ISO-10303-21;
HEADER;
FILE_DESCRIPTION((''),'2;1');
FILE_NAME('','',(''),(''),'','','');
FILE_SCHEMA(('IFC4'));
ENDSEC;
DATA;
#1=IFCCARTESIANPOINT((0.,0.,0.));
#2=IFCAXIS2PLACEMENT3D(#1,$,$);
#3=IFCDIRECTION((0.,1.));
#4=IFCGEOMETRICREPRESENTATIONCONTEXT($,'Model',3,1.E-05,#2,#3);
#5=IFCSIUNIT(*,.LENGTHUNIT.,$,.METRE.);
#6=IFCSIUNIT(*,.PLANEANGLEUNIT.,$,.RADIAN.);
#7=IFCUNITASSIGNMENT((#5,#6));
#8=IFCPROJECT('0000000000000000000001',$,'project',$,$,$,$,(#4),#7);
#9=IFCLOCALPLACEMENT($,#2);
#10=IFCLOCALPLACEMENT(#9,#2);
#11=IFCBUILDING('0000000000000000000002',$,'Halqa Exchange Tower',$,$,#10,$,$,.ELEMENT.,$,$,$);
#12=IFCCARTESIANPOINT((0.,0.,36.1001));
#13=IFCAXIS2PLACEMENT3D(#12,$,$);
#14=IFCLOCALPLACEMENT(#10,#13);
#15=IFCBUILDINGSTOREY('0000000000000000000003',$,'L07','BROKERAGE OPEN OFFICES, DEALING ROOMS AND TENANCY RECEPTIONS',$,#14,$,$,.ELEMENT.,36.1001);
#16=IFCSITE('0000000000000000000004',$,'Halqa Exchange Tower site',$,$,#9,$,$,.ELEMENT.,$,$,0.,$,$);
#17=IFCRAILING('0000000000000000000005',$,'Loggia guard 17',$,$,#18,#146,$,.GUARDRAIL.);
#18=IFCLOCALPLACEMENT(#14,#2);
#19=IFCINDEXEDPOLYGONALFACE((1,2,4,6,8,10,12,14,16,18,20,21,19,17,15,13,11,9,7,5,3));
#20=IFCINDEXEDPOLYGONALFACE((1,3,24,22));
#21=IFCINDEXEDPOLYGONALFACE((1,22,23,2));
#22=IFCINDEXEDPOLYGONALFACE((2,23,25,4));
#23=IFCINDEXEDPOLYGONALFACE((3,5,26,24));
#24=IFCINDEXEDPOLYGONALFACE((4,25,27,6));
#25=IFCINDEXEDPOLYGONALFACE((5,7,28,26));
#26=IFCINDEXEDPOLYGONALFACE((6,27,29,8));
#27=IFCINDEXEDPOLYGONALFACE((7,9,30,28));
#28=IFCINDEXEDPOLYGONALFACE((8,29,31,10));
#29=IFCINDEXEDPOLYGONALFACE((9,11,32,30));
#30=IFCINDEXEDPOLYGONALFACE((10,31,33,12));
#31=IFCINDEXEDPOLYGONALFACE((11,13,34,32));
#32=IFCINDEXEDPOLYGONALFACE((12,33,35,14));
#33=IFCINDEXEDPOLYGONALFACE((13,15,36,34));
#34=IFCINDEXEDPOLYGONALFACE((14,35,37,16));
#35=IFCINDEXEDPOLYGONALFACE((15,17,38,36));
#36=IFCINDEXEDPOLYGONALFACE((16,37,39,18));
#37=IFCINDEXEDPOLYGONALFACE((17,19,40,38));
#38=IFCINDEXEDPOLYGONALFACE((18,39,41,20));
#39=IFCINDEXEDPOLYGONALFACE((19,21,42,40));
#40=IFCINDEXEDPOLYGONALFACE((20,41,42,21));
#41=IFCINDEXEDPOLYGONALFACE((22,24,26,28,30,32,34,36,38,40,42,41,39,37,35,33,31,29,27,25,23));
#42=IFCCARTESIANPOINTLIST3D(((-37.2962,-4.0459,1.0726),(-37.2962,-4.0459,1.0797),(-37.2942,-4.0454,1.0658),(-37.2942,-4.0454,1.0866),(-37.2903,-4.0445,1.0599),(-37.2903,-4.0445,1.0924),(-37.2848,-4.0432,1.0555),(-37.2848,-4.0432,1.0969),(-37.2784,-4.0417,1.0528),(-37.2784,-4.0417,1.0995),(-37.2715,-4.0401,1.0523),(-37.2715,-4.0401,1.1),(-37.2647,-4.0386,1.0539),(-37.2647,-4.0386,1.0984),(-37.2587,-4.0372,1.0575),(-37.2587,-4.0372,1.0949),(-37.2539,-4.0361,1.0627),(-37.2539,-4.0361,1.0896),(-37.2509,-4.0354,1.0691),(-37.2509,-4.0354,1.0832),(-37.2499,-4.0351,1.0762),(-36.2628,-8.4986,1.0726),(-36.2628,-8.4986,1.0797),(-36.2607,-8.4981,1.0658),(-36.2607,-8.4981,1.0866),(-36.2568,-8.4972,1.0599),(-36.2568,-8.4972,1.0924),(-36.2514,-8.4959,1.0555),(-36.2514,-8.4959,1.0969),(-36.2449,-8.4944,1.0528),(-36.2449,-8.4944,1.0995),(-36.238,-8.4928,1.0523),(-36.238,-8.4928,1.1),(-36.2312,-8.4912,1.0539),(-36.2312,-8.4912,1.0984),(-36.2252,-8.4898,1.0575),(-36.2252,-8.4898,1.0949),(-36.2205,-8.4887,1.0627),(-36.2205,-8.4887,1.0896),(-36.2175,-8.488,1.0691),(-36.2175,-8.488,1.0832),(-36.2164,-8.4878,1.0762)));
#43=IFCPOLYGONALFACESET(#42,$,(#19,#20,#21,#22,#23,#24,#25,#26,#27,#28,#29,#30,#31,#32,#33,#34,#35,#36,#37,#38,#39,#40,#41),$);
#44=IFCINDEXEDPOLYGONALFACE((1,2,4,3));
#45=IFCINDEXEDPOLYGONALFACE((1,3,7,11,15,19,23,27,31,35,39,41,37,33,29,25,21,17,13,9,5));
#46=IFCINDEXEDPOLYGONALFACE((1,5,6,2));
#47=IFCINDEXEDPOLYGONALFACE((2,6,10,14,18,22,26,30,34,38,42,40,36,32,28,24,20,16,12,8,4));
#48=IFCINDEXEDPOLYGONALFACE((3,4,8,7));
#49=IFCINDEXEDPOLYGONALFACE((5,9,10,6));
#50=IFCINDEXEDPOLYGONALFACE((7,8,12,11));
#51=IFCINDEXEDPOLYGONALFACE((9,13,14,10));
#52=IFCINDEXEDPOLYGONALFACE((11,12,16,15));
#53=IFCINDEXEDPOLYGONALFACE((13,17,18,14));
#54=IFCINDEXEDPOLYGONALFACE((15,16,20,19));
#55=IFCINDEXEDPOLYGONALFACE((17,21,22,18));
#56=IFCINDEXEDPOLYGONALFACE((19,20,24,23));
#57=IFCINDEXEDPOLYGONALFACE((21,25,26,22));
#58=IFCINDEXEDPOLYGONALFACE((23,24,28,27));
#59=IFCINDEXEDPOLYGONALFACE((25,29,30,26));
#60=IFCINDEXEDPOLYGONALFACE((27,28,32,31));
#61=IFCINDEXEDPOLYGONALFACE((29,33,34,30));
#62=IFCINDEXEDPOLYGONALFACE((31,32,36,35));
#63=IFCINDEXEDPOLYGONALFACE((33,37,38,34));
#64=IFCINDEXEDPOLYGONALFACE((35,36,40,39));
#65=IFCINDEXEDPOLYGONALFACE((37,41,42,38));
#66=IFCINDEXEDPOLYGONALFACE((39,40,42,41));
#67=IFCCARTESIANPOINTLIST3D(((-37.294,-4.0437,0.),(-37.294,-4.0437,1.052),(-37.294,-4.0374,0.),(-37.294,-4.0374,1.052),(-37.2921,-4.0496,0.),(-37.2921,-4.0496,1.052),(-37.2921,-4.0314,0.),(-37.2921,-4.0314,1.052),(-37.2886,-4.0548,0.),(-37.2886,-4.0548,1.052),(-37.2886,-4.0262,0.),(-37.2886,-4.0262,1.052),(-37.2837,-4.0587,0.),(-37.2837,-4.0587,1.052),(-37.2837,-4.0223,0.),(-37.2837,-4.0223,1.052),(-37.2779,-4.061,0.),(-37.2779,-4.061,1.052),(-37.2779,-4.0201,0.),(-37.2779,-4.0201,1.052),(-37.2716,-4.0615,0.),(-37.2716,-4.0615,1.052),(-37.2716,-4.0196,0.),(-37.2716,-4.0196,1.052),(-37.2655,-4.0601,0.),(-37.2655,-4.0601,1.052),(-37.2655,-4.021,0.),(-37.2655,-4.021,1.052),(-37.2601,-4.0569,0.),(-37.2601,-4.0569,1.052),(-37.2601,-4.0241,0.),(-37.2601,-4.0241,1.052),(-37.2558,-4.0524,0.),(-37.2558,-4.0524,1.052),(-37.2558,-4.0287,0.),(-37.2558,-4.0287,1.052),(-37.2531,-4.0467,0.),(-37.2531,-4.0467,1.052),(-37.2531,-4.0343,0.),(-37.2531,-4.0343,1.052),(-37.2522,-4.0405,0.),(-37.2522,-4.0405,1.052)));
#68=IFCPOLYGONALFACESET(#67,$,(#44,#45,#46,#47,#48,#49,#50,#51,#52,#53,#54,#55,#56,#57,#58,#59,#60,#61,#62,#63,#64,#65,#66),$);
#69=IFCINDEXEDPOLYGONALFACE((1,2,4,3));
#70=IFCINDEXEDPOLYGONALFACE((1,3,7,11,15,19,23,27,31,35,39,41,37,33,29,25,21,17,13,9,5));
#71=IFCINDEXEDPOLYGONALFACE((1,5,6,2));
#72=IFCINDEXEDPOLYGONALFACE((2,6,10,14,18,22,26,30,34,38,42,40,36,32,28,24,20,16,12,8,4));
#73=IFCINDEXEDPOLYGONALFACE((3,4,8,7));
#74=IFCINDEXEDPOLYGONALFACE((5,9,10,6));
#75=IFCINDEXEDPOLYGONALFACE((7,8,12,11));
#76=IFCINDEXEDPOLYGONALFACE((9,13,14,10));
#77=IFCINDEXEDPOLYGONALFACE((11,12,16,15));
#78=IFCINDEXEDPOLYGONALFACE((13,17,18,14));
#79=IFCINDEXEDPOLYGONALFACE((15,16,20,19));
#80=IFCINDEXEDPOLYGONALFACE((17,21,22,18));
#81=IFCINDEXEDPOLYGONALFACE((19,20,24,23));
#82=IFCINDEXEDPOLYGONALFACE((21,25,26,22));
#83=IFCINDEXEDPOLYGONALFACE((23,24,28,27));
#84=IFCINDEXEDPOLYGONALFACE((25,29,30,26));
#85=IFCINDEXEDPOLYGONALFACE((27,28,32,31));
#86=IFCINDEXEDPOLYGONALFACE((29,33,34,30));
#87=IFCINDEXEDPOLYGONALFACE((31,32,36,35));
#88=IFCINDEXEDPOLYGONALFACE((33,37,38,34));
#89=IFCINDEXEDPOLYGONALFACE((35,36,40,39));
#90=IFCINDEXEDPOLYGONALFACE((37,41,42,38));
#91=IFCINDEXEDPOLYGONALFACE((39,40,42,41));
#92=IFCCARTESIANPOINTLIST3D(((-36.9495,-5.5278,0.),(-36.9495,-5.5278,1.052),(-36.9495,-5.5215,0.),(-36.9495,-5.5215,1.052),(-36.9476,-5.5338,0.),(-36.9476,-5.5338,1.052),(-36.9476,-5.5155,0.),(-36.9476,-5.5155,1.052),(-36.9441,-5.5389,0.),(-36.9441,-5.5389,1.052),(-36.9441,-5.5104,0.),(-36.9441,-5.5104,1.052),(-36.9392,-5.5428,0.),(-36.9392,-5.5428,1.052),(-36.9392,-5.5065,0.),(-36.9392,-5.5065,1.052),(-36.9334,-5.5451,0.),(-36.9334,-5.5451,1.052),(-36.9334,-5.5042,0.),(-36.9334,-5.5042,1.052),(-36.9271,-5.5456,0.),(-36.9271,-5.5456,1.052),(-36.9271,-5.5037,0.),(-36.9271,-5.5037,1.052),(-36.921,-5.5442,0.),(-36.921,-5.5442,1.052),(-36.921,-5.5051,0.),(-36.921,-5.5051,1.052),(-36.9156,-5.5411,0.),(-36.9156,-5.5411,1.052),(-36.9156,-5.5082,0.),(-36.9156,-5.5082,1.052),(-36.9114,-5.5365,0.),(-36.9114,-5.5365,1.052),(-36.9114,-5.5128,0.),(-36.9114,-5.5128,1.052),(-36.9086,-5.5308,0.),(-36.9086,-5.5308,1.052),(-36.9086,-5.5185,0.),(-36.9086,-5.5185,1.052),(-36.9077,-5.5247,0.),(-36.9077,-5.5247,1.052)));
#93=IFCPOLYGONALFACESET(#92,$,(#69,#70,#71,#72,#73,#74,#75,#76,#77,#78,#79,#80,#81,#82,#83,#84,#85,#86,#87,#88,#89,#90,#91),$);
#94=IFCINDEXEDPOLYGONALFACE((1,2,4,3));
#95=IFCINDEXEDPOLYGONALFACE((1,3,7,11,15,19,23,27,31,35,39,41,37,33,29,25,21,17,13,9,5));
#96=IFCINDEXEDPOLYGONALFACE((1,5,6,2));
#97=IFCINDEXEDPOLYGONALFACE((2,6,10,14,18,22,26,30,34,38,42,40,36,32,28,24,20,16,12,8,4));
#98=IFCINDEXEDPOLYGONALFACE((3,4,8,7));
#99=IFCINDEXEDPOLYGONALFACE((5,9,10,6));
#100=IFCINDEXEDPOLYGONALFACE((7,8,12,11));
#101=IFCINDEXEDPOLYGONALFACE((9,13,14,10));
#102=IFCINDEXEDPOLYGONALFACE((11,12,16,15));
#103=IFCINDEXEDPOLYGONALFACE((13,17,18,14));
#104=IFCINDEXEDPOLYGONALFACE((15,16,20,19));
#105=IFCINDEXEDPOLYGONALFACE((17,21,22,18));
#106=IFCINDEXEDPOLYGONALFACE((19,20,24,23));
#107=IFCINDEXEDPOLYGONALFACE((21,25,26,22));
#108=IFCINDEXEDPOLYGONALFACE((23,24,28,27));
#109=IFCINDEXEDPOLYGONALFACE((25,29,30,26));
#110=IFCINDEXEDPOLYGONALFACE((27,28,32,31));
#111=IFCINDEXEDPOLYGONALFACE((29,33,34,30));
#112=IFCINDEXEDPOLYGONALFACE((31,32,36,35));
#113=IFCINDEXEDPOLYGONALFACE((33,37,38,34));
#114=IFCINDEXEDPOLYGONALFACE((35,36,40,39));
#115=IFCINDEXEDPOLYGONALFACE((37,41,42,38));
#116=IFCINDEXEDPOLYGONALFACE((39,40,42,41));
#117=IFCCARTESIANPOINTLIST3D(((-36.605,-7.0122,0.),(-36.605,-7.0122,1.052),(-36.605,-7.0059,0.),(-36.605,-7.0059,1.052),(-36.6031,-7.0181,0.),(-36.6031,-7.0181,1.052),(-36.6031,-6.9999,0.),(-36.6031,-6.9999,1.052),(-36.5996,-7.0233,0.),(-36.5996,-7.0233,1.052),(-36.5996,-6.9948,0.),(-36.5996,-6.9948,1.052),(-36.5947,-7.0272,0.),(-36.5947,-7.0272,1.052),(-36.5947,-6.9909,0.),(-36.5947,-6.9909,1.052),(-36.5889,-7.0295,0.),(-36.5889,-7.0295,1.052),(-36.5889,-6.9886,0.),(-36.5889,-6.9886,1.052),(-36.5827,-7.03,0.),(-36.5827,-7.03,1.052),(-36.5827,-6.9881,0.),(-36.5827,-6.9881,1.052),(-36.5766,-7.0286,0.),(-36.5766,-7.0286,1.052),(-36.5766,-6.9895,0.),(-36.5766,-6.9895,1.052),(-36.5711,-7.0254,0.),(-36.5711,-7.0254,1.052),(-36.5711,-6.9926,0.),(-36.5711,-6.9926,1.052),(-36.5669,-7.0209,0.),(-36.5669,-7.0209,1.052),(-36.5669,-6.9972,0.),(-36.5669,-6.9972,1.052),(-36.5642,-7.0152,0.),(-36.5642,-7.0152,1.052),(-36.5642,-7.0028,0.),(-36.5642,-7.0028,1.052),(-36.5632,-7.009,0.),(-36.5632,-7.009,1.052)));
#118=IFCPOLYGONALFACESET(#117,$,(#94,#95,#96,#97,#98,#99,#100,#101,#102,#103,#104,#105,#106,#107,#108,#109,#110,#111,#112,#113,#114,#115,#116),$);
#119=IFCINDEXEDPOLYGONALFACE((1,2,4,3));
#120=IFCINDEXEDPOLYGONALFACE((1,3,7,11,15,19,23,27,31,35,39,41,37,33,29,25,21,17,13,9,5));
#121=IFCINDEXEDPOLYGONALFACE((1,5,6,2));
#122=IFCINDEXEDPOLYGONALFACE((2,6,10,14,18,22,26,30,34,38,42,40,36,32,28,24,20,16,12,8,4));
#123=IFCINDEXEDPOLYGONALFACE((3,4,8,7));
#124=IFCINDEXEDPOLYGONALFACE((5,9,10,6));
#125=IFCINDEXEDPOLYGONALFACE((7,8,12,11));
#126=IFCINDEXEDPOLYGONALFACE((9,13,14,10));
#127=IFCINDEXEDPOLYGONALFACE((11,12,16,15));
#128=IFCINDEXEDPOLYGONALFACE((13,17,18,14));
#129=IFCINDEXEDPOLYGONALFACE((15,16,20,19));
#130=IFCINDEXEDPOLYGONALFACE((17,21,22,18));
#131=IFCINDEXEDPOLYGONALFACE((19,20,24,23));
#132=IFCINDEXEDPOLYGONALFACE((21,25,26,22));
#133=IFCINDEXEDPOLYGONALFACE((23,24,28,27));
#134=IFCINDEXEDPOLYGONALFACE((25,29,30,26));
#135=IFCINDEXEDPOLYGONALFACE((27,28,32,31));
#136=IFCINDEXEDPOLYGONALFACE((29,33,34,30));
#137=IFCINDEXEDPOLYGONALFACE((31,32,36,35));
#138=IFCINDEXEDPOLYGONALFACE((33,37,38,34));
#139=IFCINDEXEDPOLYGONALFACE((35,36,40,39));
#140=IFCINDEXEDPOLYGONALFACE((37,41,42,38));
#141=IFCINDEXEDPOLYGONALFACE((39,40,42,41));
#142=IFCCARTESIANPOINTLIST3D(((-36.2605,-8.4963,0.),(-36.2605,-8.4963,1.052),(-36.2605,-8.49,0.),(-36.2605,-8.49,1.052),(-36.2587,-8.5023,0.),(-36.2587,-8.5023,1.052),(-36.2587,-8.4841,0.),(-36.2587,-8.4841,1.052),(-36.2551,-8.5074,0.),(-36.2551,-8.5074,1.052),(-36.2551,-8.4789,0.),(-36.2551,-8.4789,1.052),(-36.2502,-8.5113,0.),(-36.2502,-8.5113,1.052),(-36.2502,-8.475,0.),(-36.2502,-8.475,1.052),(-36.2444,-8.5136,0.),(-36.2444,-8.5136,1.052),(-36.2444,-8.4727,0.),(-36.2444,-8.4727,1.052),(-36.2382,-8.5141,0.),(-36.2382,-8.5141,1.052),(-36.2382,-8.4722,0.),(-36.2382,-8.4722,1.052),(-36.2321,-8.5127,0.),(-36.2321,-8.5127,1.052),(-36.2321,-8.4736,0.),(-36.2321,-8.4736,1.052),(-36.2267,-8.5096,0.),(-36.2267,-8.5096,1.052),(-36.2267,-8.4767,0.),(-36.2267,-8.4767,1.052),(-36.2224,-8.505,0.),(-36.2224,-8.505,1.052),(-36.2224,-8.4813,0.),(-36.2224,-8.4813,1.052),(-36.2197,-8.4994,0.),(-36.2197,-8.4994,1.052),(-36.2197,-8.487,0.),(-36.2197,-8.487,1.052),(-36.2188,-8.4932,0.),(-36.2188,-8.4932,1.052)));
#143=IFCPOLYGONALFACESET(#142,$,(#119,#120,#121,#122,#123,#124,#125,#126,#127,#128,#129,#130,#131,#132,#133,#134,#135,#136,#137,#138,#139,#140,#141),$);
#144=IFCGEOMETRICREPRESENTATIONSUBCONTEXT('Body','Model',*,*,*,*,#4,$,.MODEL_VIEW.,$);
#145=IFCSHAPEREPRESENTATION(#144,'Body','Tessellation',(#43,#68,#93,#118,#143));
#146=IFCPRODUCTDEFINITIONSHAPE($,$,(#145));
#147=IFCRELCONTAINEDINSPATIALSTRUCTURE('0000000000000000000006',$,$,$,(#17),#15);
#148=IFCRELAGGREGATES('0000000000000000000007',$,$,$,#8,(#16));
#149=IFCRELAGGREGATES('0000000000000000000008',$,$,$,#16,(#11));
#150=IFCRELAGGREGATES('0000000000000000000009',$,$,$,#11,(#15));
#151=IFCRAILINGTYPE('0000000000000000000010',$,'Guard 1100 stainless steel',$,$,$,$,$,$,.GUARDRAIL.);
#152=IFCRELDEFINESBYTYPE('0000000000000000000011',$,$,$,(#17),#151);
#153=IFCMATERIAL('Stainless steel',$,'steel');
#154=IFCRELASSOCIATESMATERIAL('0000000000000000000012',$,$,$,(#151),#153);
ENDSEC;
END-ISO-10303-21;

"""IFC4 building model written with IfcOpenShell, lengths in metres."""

from ifc_helpers import new_model, si_unit, direction, frame, origin, origin_2d, place, context, subcontext, project, spatial, circle, extrude, material, type_object, element, save


model = new_model("IFC4")

# Units and contexts
model_context = context("Model", 3, precision=1e-05, world=origin(), true_north=direction((0.0, 1.0)))
body_context = subcontext(model_context, "Body", "Model", "MODEL_VIEW")
ifc_project = project(units=[si_unit("LENGTHUNIT", "METRE"), si_unit("PLANEANGLEUNIT", "RADIAN")], contexts=[model_context])

# Site, building, storey
site_placement = place(None, origin())
site = spatial("IfcSite", under=ifc_project, at=site_placement, Name="Halqa Exchange Tower site", CompositionType="ELEMENT", RefElevation=0.0)
building_placement = place(site_placement, origin())
building = spatial("IfcBuilding", under=site, at=building_placement, Name="Halqa Exchange Tower", CompositionType="ELEMENT")
storey_placement = place(building_placement, frame((0.0, 0.0, 36.1001)))
storey = spatial("IfcBuildingStorey", under=building, at=storey_placement, Name="L07", Description="BROKERAGE OPEN OFFICES, DEALING ROOMS AND TENANCY RECEPTIONS", CompositionType="ELEMENT", Elevation=36.1001)

# Railing
ifc_material_1 = material(Name="Stainless steel", Category="steel")
railing_type = type_object("IfcRailingType", Name="Guard 1100 stainless steel", PredefinedType="GUARDRAIL", material=ifc_material_1)
railing_1_placement = place(storey_placement, frame((-37.2732, -4.0405, 0.0)))
element("IfcRailing", 1, at=railing_1_placement, inside=storey, type_object=railing_type, Name="Loggia guard 17", PredefinedType="GUARDRAIL", context=body_context, shape_type="SweptSolid", body=[
    extrude(circle(Radius=0.0239, at=origin_2d()), frame((0.0, 0.0, 1.0762), z_axis=(0.226088, -0.974107, 0.0), x_axis=(0.974107, 0.226088, 0.0)), (0.0, 0.0, 1.0), 4.571),
    extrude(circle(Radius=0.021, at=origin_2d()), origin(), (0.0, 0.0, 1.0), 1.052),
    extrude(circle(Radius=0.021, at=origin_2d()), frame((0.3445, -1.4841, 0.0)), (0.0, 0.0, 1.0), 1.052),
    extrude(circle(Radius=0.021, at=origin_2d()), frame((0.689, -2.9685, 0.0)), (0.0, 0.0, 1.0), 1.052),
    extrude(circle(Radius=0.021, at=origin_2d()), frame((1.0334, -4.4526, 0.0)), (0.0, 0.0, 1.0), 1.052),
])

save(model, "model.ifc")
